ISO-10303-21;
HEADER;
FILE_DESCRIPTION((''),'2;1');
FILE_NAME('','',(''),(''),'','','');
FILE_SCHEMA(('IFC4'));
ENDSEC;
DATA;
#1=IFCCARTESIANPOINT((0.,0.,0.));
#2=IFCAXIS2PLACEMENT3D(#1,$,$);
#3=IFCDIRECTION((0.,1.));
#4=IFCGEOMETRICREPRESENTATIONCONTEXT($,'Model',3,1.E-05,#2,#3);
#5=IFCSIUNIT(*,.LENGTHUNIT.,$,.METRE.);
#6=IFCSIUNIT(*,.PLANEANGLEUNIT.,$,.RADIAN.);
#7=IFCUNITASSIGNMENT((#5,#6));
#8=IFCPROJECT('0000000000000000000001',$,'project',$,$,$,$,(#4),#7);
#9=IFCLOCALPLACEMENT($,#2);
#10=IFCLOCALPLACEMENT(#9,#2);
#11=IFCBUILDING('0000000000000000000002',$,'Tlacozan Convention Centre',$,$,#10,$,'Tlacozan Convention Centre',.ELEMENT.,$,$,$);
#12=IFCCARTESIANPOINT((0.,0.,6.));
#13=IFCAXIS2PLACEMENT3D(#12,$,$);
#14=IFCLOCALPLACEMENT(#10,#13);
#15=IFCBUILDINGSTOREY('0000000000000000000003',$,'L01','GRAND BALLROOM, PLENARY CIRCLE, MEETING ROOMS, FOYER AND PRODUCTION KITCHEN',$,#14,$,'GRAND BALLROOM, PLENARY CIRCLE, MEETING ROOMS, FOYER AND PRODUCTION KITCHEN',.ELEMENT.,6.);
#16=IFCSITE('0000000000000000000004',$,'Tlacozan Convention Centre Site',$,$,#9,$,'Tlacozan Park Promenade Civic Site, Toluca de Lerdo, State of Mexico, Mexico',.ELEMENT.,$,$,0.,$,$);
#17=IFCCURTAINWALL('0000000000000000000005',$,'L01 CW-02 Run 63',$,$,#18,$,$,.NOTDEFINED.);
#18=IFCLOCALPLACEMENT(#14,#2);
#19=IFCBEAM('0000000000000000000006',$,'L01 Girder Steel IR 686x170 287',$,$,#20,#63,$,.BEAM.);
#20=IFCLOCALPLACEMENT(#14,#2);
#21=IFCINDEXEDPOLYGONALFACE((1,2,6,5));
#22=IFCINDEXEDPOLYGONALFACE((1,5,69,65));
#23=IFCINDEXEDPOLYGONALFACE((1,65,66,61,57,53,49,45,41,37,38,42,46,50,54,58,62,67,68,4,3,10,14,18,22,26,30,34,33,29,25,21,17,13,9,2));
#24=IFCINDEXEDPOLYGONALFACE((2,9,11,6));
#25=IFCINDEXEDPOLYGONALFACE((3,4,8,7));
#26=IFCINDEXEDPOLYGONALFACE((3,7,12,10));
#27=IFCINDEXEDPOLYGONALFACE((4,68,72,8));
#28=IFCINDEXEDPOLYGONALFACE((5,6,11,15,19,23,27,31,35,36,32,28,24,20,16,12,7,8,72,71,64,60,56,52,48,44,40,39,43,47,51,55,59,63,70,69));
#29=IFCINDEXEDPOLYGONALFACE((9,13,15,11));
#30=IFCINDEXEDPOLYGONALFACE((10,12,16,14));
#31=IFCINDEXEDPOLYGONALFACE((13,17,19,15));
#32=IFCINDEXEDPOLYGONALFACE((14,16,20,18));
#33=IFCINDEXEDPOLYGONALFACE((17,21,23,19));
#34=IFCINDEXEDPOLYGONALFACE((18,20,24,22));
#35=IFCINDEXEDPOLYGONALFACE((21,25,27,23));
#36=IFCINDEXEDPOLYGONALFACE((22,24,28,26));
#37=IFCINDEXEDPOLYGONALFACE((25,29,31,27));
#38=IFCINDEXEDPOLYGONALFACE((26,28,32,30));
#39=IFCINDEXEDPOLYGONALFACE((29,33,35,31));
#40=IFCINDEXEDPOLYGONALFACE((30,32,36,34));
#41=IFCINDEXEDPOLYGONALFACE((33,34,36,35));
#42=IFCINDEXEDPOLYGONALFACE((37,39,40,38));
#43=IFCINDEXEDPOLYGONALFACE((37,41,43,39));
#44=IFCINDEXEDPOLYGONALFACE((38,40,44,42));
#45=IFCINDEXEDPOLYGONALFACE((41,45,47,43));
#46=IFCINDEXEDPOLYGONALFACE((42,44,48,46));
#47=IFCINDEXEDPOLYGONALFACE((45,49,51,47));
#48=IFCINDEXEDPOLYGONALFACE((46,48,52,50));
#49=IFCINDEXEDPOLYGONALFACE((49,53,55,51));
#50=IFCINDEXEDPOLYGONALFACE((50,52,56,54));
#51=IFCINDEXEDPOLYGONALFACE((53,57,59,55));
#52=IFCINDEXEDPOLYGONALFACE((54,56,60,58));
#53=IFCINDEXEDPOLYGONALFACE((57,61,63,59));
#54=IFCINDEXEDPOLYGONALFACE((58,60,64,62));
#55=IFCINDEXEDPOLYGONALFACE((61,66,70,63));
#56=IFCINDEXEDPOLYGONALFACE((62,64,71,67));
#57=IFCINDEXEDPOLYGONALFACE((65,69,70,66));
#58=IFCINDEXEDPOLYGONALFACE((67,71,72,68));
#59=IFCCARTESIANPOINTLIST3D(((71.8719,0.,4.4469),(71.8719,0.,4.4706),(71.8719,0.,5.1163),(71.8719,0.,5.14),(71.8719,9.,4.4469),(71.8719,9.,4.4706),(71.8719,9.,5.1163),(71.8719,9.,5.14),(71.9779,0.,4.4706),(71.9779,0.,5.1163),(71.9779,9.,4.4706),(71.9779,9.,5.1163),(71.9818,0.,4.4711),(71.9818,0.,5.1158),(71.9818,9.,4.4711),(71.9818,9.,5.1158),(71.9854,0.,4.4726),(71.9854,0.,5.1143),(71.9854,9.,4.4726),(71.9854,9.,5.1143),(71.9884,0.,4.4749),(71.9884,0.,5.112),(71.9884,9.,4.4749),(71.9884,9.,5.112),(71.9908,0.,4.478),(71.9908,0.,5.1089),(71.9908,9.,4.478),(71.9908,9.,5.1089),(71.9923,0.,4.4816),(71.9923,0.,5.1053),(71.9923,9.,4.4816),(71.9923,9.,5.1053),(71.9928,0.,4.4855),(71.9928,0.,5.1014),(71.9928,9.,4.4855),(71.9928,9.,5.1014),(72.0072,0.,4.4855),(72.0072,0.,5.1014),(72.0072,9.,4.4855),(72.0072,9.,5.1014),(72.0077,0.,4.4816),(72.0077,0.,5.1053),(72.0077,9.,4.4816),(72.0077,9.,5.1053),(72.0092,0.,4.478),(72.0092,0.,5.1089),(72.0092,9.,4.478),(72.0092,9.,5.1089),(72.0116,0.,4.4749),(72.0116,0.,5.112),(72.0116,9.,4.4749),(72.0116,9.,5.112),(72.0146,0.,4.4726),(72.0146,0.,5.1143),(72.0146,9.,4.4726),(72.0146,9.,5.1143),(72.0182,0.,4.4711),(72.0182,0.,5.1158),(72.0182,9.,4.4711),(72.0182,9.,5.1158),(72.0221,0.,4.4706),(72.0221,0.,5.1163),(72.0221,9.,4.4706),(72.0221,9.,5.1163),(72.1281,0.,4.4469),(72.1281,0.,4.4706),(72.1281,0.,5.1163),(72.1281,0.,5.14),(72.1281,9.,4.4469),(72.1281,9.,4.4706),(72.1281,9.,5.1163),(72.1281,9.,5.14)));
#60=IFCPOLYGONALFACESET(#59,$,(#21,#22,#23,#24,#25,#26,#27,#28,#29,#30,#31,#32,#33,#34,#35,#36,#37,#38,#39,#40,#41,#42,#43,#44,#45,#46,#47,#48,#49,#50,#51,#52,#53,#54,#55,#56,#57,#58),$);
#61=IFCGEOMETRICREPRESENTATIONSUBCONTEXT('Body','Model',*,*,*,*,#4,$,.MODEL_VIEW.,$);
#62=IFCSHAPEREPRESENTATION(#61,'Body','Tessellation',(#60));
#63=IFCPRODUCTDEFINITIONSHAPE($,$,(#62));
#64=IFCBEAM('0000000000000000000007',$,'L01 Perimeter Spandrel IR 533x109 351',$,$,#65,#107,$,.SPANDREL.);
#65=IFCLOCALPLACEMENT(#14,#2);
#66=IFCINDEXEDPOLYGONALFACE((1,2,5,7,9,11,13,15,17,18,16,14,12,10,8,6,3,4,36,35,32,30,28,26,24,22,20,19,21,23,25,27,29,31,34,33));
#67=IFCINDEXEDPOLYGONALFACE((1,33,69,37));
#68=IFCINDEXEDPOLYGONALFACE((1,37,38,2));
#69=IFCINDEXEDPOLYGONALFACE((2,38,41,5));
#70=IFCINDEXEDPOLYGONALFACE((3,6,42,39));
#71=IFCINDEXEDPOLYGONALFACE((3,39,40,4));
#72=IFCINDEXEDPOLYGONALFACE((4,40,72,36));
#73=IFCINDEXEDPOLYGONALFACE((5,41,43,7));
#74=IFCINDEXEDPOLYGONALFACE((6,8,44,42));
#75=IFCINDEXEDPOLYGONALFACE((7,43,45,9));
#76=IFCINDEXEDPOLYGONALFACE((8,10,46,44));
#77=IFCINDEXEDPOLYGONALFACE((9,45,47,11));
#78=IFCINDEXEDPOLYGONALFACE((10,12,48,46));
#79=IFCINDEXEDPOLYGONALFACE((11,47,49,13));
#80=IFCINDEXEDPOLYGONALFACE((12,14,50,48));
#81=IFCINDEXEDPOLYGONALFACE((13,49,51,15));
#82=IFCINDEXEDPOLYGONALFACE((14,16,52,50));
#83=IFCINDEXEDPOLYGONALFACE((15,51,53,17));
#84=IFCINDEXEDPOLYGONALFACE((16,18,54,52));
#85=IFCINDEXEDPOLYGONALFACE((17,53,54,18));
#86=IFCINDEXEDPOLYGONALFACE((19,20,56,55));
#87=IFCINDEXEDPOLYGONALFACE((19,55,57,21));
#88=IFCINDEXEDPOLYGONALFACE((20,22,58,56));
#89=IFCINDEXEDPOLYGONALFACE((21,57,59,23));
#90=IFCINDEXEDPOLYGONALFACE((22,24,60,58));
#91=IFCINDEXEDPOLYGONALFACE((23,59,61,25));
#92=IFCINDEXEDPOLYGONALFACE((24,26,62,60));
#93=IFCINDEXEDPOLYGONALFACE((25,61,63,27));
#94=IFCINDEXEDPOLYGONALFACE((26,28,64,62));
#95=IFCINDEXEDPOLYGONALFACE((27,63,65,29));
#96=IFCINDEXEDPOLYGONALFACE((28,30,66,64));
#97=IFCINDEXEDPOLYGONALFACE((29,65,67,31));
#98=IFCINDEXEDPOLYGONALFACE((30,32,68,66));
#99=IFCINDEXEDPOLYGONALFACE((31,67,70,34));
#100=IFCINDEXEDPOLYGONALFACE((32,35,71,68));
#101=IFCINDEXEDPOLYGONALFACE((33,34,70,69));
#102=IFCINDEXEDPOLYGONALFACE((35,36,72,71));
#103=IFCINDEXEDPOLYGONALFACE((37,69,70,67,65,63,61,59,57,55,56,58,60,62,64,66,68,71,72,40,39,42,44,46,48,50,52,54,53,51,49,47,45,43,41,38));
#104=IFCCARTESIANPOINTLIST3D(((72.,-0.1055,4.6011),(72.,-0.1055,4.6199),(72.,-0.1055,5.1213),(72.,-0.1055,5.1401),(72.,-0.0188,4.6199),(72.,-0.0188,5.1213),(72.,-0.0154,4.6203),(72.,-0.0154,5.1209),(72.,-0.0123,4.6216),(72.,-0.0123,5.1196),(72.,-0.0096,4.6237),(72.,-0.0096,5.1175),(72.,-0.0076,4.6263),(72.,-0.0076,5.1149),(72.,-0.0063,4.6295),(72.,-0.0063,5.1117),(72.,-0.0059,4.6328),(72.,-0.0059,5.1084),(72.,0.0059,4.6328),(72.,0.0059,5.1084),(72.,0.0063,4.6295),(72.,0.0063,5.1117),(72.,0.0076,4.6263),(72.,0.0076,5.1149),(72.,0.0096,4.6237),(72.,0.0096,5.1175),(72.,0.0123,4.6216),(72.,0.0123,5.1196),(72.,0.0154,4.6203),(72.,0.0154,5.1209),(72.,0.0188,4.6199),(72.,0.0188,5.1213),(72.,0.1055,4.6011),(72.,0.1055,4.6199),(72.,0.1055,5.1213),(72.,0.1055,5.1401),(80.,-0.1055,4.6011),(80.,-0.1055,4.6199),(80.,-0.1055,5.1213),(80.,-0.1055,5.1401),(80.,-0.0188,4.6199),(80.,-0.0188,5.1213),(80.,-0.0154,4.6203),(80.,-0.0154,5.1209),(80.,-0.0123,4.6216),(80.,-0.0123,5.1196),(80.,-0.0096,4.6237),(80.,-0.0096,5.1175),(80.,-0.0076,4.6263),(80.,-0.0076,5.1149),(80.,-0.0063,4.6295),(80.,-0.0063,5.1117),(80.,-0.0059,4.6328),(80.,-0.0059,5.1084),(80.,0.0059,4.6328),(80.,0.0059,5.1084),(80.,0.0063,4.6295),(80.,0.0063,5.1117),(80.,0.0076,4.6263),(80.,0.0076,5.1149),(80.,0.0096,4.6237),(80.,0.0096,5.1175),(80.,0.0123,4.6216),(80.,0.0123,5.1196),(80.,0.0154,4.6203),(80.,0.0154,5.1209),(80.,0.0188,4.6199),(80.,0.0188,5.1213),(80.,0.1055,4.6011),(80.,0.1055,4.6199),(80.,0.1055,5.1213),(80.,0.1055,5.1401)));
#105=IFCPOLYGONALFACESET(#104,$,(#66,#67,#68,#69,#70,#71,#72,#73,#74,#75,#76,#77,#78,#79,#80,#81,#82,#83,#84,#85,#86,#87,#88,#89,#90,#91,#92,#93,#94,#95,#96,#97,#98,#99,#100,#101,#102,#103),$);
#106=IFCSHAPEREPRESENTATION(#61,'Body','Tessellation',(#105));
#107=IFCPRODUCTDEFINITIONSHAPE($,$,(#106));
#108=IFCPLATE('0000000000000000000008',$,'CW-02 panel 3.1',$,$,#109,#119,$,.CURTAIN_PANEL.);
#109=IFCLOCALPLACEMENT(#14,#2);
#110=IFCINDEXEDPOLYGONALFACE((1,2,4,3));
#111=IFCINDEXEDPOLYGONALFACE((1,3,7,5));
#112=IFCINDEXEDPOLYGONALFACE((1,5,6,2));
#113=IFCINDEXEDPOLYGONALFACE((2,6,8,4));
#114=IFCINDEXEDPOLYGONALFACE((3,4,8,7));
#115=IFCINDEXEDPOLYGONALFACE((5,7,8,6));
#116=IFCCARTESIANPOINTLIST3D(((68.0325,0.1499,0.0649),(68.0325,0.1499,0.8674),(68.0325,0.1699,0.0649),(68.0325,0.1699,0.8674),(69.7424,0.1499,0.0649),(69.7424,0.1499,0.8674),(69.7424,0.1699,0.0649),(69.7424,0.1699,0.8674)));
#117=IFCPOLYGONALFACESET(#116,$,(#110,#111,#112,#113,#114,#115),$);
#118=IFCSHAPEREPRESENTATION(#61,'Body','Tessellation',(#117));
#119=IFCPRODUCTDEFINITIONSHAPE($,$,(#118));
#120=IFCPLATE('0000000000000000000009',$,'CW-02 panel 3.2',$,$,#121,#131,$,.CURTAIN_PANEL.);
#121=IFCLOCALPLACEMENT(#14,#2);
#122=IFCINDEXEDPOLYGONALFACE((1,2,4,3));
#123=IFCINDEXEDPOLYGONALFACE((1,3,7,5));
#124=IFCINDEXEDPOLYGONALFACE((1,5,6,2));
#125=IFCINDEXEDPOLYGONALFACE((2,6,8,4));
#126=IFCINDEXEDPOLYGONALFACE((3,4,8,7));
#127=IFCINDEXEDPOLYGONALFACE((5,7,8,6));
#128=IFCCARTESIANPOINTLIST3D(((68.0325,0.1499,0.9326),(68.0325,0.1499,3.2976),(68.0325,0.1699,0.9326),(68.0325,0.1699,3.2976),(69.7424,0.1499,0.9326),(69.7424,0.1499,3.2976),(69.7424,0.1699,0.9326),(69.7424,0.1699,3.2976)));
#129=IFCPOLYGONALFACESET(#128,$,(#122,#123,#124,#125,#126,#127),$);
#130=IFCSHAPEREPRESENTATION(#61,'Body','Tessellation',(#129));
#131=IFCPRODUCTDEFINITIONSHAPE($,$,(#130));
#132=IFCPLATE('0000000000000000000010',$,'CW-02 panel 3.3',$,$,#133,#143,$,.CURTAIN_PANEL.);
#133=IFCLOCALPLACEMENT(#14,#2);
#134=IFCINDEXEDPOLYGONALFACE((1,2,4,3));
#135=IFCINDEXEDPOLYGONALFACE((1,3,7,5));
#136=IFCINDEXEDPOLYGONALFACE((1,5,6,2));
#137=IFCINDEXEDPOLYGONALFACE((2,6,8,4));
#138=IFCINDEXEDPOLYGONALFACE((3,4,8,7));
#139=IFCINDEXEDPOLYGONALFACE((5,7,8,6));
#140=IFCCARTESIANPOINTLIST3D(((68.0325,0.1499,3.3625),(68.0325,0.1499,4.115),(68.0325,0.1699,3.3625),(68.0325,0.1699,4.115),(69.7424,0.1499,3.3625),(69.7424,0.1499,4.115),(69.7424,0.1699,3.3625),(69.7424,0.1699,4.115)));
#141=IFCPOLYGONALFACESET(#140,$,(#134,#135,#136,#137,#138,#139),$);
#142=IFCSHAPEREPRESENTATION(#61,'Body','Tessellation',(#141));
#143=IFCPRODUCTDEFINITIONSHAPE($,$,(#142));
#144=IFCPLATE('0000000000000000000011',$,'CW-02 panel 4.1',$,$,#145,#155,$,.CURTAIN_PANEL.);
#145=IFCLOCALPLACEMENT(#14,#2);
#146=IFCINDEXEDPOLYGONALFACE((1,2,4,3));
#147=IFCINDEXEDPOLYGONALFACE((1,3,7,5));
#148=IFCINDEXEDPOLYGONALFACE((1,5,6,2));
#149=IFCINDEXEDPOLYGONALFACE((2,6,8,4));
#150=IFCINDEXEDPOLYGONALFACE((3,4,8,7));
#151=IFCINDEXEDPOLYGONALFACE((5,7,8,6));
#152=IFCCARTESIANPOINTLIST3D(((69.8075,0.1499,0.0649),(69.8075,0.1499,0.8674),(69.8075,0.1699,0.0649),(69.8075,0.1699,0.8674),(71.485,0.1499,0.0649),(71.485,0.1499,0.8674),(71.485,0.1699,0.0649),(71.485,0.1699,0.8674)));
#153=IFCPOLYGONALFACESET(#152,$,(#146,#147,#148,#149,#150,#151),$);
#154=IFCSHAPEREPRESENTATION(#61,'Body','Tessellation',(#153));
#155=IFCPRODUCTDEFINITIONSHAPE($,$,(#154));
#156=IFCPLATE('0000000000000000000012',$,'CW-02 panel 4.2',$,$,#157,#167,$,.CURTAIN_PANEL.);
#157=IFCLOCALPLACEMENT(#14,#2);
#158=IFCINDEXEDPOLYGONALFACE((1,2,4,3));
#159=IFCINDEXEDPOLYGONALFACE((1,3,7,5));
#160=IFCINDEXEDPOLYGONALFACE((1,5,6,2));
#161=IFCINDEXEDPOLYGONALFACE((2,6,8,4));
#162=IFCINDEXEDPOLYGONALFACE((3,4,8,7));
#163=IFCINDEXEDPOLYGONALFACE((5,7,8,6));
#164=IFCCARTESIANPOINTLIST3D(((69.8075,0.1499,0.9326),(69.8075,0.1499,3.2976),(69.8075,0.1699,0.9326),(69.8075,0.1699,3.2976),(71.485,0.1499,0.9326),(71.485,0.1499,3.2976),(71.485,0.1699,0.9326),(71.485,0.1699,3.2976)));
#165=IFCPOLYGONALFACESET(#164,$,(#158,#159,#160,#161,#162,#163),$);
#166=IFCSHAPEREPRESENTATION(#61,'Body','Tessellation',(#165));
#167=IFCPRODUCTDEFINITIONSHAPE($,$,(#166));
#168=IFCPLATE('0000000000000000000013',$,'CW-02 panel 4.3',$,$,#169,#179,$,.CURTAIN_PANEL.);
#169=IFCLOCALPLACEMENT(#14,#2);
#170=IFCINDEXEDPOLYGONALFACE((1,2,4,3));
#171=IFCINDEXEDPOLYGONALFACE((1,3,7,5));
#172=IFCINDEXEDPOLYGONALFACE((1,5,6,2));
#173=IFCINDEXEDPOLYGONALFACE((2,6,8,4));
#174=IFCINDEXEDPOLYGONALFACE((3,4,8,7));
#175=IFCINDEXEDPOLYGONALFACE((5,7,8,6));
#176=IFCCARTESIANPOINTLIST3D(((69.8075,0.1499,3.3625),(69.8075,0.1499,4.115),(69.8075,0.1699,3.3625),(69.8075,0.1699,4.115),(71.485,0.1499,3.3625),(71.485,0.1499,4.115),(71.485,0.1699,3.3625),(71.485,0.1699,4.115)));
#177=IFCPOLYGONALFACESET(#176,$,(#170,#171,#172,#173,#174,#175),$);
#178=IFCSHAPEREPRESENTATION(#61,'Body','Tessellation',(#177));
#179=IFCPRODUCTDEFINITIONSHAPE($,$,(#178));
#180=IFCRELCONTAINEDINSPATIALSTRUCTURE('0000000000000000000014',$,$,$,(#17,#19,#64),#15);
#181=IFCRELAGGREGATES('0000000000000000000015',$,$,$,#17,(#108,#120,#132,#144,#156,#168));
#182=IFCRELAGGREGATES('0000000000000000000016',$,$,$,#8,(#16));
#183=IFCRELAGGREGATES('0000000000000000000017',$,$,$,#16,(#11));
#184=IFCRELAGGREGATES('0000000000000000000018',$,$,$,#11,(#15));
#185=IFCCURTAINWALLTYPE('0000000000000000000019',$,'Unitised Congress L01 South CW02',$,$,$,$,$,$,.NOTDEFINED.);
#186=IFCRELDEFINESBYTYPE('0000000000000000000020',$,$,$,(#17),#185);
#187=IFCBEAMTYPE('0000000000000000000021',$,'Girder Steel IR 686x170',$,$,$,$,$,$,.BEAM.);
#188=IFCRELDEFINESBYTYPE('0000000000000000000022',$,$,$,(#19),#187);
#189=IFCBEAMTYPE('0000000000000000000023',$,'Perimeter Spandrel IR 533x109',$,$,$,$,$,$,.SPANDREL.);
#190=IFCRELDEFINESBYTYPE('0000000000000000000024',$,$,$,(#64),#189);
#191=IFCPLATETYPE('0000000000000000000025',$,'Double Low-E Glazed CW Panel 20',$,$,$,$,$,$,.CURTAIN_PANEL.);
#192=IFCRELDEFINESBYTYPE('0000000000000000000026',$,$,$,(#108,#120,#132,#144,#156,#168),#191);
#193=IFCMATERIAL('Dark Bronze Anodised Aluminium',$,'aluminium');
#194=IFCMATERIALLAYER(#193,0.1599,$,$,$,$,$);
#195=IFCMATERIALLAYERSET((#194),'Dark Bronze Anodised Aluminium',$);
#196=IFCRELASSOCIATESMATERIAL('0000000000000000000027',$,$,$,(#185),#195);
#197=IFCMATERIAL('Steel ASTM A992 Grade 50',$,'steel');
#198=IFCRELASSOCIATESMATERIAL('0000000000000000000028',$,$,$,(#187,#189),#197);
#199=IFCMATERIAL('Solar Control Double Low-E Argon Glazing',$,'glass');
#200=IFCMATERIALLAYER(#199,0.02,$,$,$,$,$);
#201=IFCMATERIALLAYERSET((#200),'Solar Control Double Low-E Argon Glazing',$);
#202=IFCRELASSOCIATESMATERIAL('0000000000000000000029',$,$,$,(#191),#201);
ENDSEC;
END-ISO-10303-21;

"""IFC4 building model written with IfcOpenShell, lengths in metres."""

from ifc_helpers import new_model, si_unit, direction, frame, origin, origin_2d, place, context, subcontext, project, spatial, rectangle, i_section, extrude, material, layer, layer_set, material_profile, profile_set, type_object, element, aggregate, save


model = new_model("IFC4")

# Units and contexts
model_context = context("Model", 3, precision=1e-05, world=origin(), true_north=direction((0.0, 1.0)))
body_context = subcontext(model_context, "Body", "Model", "MODEL_VIEW")
ifc_project = project(units=[si_unit("LENGTHUNIT", "METRE"), si_unit("PLANEANGLEUNIT", "RADIAN")], contexts=[model_context])

# Site, building, storey
site_placement = place(None, origin())
site = spatial("IfcSite", under=ifc_project, at=site_placement, Name="Tlacozan Convention Centre Site", LongName="Tlacozan Park Promenade Civic Site, Toluca de Lerdo, State of Mexico, Mexico", CompositionType="ELEMENT", RefElevation=0.0)
building_placement = place(site_placement, origin())
building = spatial("IfcBuilding", under=site, at=building_placement, Name="Tlacozan Convention Centre", LongName="Tlacozan Convention Centre", CompositionType="ELEMENT")
storey_placement = place(building_placement, frame((0.0, 0.0, 6.0)))
storey = spatial("IfcBuildingStorey", under=building, at=storey_placement, Name="L01", Description="GRAND BALLROOM, PLENARY CIRCLE, MEETING ROOMS, FOYER AND PRODUCTION KITCHEN", LongName="GRAND BALLROOM, PLENARY CIRCLE, MEETING ROOMS, FOYER AND PRODUCTION KITCHEN", CompositionType="ELEMENT", Elevation=6.0)

# Curtain wall
ifc_material_1 = material(Name="Dark Bronze Anodised Aluminium", Category="aluminium")
ifc_layer_1 = layer(ifc_material_1, 0.1599)
ifc_layer_set_1 = layer_set([ifc_layer_1], Name="Dark Bronze Anodised Aluminium")
curtain_wall_type = type_object("IfcCurtainWallType", Name="Unitised Congress L01 South CW02", PredefinedType="NOTDEFINED", material=ifc_layer_set_1)
curtain_wall_placement = place(storey_placement, origin())
curtain_wall = element("IfcCurtainWall", 1, at=curtain_wall_placement, inside=storey, type_object=curtain_wall_type, Name="L01 CW-02 Run 63", PredefinedType="NOTDEFINED")

# Beams
ifc_material_2 = material(Name="Steel ASTM A992 Grade 50", Category="steel")
ifc_material_profile_1 = material_profile(ifc_material_2, i_section(OverallWidth=0.2561, OverallDepth=0.6931, WebThickness=0.0144, FlangeThickness=0.0237, FilletRadius=0.0149, at=origin_2d()), Name="IR 686x170.0")
ifc_profile_set_1 = profile_set([ifc_material_profile_1], Name="Steel ASTM A992 Grade 50")
beam_type_1 = type_object("IfcBeamType", Name="Girder Steel IR 686x170", PredefinedType="BEAM", material=ifc_profile_set_1)
beam_1_placement = place(storey_placement, frame((72.0, 0.0, 4.7935), z_axis=(0.0, 1.0, 0.0), x_axis=(-1.0, 0.0, 0.0)))
element("IfcBeam", 2, at=beam_1_placement, inside=storey, type_object=beam_type_1, Name="L01 Girder Steel IR 686x170 287", PredefinedType="BEAM", context=body_context, shape_type="SweptSolid", body=[
    extrude(i_section(OverallWidth=0.2561, OverallDepth=0.6931, WebThickness=0.0144, FlangeThickness=0.0237, FilletRadius=0.0149, at=origin_2d()), origin(), (0.0, 0.0, 1.0), 9.0),
])
ifc_material_profile_2 = material_profile(ifc_material_2, i_section(OverallWidth=0.2109, OverallDepth=0.5391, WebThickness=0.0117, FlangeThickness=0.0188, FilletRadius=0.0129, at=origin_2d()), Name="IR 533x109.0")
ifc_profile_set_2 = profile_set([ifc_material_profile_2], Name="Steel ASTM A992 Grade 50")
beam_type_2 = type_object("IfcBeamType", Name="Perimeter Spandrel IR 533x109", PredefinedType="SPANDREL", material=ifc_profile_set_2)
beam_2_placement = place(storey_placement, frame((72.0, 0.0, 4.8706), z_axis=(1.0, 0.0, 0.0), x_axis=(0.0, 1.0, 0.0)))
element("IfcBeam", 3, at=beam_2_placement, inside=storey, type_object=beam_type_2, Name="L01 Perimeter Spandrel IR 533x109 351", PredefinedType="SPANDREL", context=body_context, shape_type="SweptSolid", body=[
    extrude(i_section(OverallWidth=0.2109, OverallDepth=0.5391, WebThickness=0.0117, FlangeThickness=0.0188, FilletRadius=0.0129, at=origin_2d()), origin(), (0.0, 0.0, 1.0), 8.0),
])

# Plates
ifc_material_3 = material(Name="Solar Control Double Low-E Argon Glazing", Category="glass")
ifc_layer_2 = layer(ifc_material_3, 0.02)
ifc_layer_set_2 = layer_set([ifc_layer_2], Name="Solar Control Double Low-E Argon Glazing")
plate_type = type_object("IfcPlateType", Name="Double Low-E Glazed CW Panel 20", PredefinedType="CURTAIN_PANEL", material=ifc_layer_set_2)
plate_1_placement = place(storey_placement, frame((68.8875, 0.1599, 0.0649), z_axis=(0.0, 0.0, 1.0), x_axis=(1.0, 0.0, 0.0)))
plate_1 = element("IfcPlate", 4, at=plate_1_placement, type_object=plate_type, Name="CW-02 panel 3.1", PredefinedType="CURTAIN_PANEL", context=body_context, shape_type="SweptSolid", body=[
    extrude(rectangle(XDim=1.71, YDim=0.02, at=origin_2d()), origin(), (0.0, 0.0, 1.0), 0.8025),
])
plate_2_placement = place(storey_placement, frame((68.8875, 0.1599, 0.9326), z_axis=(0.0, 0.0, 1.0), x_axis=(1.0, 0.0, 0.0)))
plate_2 = element("IfcPlate", 5, at=plate_2_placement, type_object=plate_type, Name="CW-02 panel 3.2", PredefinedType="CURTAIN_PANEL", context=body_context, shape_type="SweptSolid", body=[
    extrude(rectangle(XDim=1.71, YDim=0.02, at=origin_2d()), origin(), (0.0, 0.0, 1.0), 2.365),
])
plate_3_placement = place(storey_placement, frame((68.8875, 0.1599, 3.3625), z_axis=(0.0, 0.0, 1.0), x_axis=(1.0, 0.0, 0.0)))
plate_3 = element("IfcPlate", 6, at=plate_3_placement, type_object=plate_type, Name="CW-02 panel 3.3", PredefinedType="CURTAIN_PANEL", context=body_context, shape_type="SweptSolid", body=[
    extrude(rectangle(XDim=1.71, YDim=0.02, at=origin_2d()), origin(), (0.0, 0.0, 1.0), 0.7524),
])
plate_4_placement = place(storey_placement, frame((70.6462, 0.1599, 0.0649), z_axis=(0.0, 0.0, 1.0), x_axis=(1.0, 0.0, 0.0)))
plate_4 = element("IfcPlate", 7, at=plate_4_placement, type_object=plate_type, Name="CW-02 panel 4.1", PredefinedType="CURTAIN_PANEL", context=body_context, shape_type="SweptSolid", body=[
    extrude(rectangle(XDim=1.6775, YDim=0.02, at=origin_2d()), origin(), (0.0, 0.0, 1.0), 0.8025),
])
plate_5_placement = place(storey_placement, frame((70.6462, 0.1599, 0.9326), z_axis=(0.0, 0.0, 1.0), x_axis=(1.0, 0.0, 0.0)))
plate_5 = element("IfcPlate", 8, at=plate_5_placement, type_object=plate_type, Name="CW-02 panel 4.2", PredefinedType="CURTAIN_PANEL", context=body_context, shape_type="SweptSolid", body=[
    extrude(rectangle(XDim=1.6775, YDim=0.02, at=origin_2d()), origin(), (0.0, 0.0, 1.0), 2.365),
])
plate_6_placement = place(storey_placement, frame((70.6462, 0.1599, 3.3625), z_axis=(0.0, 0.0, 1.0), x_axis=(1.0, 0.0, 0.0)))
plate_6 = element("IfcPlate", 9, at=plate_6_placement, type_object=plate_type, Name="CW-02 panel 4.3", PredefinedType="CURTAIN_PANEL", context=body_context, shape_type="SweptSolid", body=[
    extrude(rectangle(XDim=1.6775, YDim=0.02, at=origin_2d()), origin(), (0.0, 0.0, 1.0), 0.7524),
])
aggregate(curtain_wall, [plate_1, plate_2, plate_3, plate_4, plate_5, plate_6])

save(model, "model.ifc")
